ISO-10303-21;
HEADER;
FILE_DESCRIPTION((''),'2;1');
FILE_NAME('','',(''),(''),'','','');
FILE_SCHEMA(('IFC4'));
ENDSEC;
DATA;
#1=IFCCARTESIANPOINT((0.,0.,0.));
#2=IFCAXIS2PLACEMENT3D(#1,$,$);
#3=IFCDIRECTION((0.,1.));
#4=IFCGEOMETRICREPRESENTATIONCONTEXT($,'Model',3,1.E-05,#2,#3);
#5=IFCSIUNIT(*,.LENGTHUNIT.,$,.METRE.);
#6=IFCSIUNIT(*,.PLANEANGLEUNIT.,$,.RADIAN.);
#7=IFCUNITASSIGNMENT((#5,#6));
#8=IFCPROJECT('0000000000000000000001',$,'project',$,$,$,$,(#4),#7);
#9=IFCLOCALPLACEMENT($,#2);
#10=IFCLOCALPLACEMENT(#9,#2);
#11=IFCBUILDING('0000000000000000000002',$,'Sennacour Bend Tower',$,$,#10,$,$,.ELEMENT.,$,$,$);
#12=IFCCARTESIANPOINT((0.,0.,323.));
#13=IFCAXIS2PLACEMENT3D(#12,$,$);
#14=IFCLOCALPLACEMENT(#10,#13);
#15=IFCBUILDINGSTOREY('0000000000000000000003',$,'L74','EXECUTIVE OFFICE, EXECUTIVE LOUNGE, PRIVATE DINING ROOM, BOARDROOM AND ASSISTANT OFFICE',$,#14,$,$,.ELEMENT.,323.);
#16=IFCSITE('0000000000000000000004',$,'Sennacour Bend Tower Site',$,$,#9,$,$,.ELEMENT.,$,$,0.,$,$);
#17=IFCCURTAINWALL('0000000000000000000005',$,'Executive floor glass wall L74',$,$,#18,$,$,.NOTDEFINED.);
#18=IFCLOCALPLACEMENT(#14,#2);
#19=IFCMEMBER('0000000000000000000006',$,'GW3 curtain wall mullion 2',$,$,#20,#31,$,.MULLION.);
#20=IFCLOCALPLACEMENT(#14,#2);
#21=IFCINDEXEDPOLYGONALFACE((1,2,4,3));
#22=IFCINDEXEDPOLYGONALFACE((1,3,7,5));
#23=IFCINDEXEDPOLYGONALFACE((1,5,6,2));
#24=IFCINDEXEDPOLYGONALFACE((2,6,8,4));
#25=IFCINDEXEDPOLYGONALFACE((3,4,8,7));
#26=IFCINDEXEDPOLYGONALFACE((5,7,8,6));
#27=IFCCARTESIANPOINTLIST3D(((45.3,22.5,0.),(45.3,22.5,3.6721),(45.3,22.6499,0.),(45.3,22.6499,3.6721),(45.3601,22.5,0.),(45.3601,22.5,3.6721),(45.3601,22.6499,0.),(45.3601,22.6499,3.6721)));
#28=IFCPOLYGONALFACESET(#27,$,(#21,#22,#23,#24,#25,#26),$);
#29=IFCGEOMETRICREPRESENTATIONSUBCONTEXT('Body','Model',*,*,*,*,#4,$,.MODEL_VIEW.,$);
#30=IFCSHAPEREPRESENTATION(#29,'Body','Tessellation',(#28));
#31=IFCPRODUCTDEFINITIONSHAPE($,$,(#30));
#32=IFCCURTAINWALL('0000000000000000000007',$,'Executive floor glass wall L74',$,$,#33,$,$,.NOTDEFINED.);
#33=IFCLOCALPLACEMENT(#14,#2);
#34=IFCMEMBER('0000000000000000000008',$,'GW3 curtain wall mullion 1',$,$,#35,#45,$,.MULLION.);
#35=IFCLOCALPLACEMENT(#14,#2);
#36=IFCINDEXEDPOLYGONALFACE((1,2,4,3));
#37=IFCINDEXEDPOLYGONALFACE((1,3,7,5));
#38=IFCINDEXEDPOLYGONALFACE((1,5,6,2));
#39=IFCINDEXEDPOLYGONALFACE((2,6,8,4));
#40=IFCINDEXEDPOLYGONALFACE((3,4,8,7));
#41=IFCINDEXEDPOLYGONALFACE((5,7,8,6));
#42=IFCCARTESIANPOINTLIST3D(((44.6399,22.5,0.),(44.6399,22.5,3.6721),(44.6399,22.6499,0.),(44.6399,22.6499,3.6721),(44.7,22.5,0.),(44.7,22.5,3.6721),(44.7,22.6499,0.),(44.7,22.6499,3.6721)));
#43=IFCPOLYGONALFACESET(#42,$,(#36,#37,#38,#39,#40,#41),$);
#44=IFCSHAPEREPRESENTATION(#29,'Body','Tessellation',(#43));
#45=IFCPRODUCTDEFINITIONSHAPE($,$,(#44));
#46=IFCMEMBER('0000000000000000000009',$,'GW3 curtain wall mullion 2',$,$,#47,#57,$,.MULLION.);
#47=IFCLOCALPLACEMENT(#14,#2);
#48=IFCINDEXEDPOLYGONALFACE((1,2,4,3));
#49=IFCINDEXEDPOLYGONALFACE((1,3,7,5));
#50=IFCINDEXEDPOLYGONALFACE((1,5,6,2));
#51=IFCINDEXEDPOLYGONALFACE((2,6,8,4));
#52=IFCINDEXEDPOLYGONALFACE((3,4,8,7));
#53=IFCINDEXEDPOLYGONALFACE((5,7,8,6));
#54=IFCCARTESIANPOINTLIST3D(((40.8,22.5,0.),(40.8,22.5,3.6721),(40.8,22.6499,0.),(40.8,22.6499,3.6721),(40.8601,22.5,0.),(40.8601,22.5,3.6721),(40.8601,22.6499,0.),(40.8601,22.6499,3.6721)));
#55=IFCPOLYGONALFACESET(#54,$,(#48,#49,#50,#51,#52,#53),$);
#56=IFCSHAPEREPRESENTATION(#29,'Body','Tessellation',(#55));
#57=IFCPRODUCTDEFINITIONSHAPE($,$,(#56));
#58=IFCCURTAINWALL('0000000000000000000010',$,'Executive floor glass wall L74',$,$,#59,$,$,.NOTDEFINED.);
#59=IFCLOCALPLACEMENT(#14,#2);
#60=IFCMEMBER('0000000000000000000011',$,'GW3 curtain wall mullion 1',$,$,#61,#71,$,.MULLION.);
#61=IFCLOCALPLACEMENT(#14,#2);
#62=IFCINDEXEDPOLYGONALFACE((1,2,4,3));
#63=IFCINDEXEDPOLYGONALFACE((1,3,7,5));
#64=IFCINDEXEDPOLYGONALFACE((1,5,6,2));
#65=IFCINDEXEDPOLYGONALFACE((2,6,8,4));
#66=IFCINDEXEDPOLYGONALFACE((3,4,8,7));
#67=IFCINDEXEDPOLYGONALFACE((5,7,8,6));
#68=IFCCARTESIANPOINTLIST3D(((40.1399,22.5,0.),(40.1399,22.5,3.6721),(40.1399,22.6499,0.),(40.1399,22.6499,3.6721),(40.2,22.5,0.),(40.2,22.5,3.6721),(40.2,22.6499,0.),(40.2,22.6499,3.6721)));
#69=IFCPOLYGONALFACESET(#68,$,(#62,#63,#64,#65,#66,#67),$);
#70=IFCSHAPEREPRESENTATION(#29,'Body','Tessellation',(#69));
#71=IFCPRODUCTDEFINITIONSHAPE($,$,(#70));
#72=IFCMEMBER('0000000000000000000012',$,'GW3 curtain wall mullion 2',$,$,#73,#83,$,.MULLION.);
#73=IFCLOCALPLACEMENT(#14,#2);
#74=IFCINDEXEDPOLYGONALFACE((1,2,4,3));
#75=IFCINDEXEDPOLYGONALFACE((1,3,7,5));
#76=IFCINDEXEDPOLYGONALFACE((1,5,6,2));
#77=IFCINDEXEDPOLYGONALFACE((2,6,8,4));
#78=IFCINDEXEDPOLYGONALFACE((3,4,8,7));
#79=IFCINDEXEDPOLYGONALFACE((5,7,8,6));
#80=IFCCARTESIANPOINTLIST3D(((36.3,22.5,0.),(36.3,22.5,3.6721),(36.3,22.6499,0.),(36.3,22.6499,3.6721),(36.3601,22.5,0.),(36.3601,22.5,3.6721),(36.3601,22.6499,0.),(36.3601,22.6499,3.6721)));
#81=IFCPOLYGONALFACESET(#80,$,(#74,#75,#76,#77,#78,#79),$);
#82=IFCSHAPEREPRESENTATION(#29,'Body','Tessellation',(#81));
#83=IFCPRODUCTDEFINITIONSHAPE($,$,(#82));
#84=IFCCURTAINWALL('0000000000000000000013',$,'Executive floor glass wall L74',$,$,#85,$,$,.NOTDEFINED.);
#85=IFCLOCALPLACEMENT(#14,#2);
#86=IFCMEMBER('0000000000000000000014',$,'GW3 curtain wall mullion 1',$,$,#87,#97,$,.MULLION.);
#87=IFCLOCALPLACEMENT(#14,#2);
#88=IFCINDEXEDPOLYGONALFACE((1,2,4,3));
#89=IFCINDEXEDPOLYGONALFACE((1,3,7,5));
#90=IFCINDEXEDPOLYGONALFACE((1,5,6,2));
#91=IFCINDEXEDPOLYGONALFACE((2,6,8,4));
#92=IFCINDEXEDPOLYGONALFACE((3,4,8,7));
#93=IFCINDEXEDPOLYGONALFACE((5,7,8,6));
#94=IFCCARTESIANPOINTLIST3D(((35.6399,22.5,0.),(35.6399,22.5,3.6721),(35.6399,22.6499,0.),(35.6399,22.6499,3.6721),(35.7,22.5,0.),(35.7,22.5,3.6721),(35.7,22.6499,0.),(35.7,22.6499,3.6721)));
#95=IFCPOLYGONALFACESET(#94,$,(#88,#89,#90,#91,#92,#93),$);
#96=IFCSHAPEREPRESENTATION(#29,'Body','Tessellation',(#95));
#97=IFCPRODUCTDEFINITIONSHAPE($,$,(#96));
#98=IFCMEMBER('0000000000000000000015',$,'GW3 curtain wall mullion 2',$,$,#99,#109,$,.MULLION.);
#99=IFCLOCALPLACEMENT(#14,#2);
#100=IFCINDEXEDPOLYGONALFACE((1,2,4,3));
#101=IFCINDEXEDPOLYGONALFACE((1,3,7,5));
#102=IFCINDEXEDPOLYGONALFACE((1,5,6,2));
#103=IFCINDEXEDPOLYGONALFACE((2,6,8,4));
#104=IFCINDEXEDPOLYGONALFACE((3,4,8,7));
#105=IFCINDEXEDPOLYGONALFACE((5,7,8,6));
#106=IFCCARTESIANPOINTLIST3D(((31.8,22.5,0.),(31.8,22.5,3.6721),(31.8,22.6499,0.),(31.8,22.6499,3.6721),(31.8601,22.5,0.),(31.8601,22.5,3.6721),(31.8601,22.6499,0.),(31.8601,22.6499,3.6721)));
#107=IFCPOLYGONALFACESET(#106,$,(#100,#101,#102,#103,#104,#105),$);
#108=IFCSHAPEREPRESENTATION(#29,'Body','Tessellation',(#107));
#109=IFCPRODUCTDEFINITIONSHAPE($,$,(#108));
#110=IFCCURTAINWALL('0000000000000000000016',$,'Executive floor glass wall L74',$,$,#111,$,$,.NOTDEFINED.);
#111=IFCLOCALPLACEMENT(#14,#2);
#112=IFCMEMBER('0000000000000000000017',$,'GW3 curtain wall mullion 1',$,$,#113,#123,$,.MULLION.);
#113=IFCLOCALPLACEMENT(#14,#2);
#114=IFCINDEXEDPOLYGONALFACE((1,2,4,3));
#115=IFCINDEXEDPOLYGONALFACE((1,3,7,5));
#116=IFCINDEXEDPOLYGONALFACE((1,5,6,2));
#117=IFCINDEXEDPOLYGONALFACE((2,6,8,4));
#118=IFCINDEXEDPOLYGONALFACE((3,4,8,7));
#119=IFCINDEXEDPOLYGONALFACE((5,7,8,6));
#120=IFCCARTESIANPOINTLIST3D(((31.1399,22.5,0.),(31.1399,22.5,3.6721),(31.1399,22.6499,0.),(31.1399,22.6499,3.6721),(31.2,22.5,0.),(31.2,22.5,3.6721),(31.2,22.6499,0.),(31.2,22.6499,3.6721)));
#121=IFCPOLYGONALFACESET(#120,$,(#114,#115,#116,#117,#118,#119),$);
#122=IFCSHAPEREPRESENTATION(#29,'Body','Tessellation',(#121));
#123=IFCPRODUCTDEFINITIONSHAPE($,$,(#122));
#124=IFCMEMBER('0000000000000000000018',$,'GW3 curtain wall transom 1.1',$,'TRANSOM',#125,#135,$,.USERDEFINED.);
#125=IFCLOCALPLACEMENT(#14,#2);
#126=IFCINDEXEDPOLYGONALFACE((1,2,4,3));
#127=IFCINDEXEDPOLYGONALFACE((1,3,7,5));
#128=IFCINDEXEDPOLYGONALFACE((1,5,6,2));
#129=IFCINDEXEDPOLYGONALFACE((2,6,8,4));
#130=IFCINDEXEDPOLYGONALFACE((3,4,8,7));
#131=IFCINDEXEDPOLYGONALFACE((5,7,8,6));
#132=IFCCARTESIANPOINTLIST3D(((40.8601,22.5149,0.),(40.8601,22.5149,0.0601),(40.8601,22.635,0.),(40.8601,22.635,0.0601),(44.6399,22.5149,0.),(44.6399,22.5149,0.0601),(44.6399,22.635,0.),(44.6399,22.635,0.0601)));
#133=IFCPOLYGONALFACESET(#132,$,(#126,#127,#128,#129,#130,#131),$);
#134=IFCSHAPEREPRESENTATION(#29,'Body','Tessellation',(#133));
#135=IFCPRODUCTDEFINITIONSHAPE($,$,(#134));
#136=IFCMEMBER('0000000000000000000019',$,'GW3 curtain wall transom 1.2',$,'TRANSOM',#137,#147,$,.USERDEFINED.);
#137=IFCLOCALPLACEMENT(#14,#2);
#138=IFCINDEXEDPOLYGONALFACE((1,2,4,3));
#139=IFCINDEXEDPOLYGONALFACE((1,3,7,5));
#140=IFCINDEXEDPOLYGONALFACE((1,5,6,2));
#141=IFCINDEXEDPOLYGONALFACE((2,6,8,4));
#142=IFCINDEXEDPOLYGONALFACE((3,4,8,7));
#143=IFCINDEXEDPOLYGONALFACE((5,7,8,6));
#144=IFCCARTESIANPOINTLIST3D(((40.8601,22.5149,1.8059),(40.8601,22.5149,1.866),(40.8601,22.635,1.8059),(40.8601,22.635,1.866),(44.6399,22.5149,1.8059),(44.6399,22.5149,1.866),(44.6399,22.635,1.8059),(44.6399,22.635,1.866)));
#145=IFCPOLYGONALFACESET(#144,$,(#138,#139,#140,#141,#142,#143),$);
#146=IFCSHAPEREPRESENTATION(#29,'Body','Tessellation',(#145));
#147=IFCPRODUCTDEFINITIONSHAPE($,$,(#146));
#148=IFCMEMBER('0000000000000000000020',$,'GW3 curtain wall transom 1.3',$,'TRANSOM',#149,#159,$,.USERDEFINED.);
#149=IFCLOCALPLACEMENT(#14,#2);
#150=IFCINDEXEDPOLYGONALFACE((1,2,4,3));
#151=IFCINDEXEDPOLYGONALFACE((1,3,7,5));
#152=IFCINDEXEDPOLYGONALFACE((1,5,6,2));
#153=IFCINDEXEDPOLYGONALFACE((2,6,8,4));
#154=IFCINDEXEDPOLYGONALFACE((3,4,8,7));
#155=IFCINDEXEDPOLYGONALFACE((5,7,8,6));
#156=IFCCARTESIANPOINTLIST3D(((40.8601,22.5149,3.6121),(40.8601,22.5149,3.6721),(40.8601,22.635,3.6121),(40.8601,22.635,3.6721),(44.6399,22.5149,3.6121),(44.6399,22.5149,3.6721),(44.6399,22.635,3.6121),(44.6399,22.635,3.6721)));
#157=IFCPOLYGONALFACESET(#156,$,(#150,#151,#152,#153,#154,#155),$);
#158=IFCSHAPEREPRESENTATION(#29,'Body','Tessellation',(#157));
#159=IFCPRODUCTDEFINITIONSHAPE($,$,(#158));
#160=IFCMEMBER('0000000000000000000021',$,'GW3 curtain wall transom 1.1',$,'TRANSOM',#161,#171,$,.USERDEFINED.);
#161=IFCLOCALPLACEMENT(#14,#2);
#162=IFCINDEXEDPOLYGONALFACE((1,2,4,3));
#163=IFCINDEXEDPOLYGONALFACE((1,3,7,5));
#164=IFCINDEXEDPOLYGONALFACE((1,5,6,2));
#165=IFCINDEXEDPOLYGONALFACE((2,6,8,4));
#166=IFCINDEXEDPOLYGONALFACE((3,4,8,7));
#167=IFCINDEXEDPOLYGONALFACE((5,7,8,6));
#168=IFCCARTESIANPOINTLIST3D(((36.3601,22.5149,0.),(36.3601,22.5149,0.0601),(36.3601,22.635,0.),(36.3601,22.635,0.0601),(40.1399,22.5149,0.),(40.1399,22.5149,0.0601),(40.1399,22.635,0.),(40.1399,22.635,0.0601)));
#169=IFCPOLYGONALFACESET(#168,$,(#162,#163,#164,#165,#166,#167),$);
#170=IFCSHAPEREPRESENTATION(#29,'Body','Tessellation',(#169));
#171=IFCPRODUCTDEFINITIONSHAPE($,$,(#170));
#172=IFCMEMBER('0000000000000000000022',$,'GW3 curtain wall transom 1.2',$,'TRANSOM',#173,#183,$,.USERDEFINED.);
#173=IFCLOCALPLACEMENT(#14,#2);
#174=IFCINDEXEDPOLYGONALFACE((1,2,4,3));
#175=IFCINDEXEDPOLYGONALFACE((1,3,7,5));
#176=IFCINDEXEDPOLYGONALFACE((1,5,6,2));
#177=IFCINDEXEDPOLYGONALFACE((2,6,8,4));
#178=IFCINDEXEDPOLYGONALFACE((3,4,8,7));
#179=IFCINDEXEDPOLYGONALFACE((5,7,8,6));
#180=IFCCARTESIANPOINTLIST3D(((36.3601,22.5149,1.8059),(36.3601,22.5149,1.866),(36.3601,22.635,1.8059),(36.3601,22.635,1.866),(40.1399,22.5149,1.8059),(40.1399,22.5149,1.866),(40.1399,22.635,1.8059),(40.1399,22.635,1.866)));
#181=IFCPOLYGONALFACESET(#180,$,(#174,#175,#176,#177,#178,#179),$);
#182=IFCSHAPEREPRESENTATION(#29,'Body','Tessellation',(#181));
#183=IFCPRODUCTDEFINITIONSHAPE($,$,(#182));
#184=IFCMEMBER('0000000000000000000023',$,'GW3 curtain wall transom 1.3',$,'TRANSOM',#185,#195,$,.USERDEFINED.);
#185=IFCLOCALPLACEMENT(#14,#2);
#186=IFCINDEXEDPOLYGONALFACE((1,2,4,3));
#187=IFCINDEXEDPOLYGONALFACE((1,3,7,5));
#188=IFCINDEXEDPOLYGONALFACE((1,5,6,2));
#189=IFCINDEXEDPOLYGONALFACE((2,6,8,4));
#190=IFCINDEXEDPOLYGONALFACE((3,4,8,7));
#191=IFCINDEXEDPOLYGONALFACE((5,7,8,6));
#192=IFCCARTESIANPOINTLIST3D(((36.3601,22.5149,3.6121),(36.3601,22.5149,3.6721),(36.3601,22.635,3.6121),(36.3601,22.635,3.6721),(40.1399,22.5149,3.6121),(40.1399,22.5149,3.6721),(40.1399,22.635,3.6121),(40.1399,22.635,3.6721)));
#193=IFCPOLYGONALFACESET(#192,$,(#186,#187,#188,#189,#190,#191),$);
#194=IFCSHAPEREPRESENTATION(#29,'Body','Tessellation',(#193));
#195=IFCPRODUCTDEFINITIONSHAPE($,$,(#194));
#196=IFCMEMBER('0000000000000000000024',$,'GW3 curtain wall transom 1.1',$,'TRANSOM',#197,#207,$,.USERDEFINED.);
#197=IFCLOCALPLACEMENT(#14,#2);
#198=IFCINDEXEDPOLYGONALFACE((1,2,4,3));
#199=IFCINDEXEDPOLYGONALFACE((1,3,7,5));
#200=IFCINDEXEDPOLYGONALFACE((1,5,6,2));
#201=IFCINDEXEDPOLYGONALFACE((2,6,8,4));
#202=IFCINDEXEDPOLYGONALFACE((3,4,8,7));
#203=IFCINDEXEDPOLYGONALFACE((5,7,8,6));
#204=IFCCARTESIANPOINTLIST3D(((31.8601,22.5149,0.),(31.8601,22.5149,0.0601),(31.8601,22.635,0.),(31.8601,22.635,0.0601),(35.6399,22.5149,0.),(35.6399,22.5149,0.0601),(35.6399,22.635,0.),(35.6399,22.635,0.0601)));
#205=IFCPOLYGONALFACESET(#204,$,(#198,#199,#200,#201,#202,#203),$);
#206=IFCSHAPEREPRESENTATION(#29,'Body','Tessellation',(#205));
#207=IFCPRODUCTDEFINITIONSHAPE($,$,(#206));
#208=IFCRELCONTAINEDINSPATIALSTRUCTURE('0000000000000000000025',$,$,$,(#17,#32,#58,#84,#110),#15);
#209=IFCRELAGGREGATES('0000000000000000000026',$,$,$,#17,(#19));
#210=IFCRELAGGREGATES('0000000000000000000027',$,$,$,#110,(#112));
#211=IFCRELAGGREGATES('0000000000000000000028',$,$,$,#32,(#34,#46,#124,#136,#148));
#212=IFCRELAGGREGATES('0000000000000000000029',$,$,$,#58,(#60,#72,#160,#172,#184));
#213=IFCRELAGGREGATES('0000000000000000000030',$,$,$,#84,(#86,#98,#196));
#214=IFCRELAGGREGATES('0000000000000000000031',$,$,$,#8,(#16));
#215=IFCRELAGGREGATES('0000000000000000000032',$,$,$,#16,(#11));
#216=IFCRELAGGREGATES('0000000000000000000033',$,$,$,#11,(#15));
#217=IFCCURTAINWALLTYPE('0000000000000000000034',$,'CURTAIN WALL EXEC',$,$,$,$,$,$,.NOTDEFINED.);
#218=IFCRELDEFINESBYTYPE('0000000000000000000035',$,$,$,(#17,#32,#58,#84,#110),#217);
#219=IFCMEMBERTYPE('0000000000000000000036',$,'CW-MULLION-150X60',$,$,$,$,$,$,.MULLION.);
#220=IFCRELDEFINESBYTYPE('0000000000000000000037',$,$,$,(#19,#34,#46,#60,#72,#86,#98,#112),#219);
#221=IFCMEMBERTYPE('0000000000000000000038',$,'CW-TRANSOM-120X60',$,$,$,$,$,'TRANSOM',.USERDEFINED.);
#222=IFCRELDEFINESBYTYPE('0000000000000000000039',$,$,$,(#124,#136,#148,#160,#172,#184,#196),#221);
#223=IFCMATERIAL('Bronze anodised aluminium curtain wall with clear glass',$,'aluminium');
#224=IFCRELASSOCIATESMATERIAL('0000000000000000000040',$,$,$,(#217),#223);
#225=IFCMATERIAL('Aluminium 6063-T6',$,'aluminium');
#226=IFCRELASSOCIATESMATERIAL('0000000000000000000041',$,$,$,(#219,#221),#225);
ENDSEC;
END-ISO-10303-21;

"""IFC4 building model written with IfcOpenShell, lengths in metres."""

from ifc_helpers import new_model, si_unit, direction, frame, origin, origin_2d, place, context, subcontext, project, spatial, rectangle, extrude, material, material_profile, profile_set, type_object, element, aggregate, save


model = new_model("IFC4")

# Units and contexts
model_context = context("Model", 3, precision=1e-05, world=origin(), true_north=direction((0.0, 1.0)))
body_context = subcontext(model_context, "Body", "Model", "MODEL_VIEW")
ifc_project = project(units=[si_unit("LENGTHUNIT", "METRE"), si_unit("PLANEANGLEUNIT", "RADIAN")], contexts=[model_context])

# Site, building, storey
site_placement = place(None, origin())
site = spatial("IfcSite", under=ifc_project, at=site_placement, Name="Sennacour Bend Tower Site", CompositionType="ELEMENT", RefElevation=0.0)
building_placement = place(site_placement, origin())
building = spatial("IfcBuilding", under=site, at=building_placement, Name="Sennacour Bend Tower", CompositionType="ELEMENT")
storey_placement = place(building_placement, frame((0.0, 0.0, 323.0)))
storey = spatial("IfcBuildingStorey", under=building, at=storey_placement, Name="L74", Description="EXECUTIVE OFFICE, EXECUTIVE LOUNGE, PRIVATE DINING ROOM, BOARDROOM AND ASSISTANT OFFICE", CompositionType="ELEMENT", Elevation=323.0)

# Curtain wall, member
ifc_material_1 = material(Name="Bronze anodised aluminium curtain wall with clear glass", Category="aluminium")
curtain_wall_type = type_object("IfcCurtainWallType", Name="CURTAIN WALL EXEC", PredefinedType="NOTDEFINED", material=ifc_material_1)
curtain_wall_1_placement = place(storey_placement, origin())
curtain_wall_1 = element("IfcCurtainWall", 1, at=curtain_wall_1_placement, inside=storey, type_object=curtain_wall_type, Name="Executive floor glass wall L74", PredefinedType="NOTDEFINED")
ifc_material_2 = material(Name="Aluminium 6063-T6", Category="aluminium")
ifc_material_profile_1 = material_profile(ifc_material_2, rectangle(XDim=0.1499, YDim=0.0601, at=origin_2d()), Name="Aluminium 6063-T6", Category="aluminium")
ifc_profile_set_1 = profile_set([ifc_material_profile_1], Name="Aluminium 6063-T6")
member_type_1 = type_object("IfcMemberType", Name="CW-MULLION-150X60", PredefinedType="MULLION", material=ifc_profile_set_1)
member_1_placement = place(storey_placement, frame((45.3301, 22.575, 0.0), z_axis=(0.0, 0.0, 1.0), x_axis=(0.0, -1.0, 0.0)))
member_1 = element("IfcMember", 2, at=member_1_placement, type_object=member_type_1, Name="GW3 curtain wall mullion 2", PredefinedType="MULLION", context=body_context, shape_type="SweptSolid", body=[
    extrude(rectangle(XDim=0.1499, YDim=0.0601, at=origin_2d()), origin(), (0.0, 0.0, 1.0), 3.6721),
])
aggregate(curtain_wall_1, [member_1])

# Curtain walls, members
curtain_wall_2_placement = place(storey_placement, origin())
curtain_wall_2 = element("IfcCurtainWall", 3, at=curtain_wall_2_placement, inside=storey, type_object=curtain_wall_type, Name="Executive floor glass wall L74", PredefinedType="NOTDEFINED")
member_2_placement = place(storey_placement, frame((44.6699, 22.575, 0.0), z_axis=(0.0, 0.0, 1.0), x_axis=(0.0, -1.0, 0.0)))
member_2 = element("IfcMember", 4, at=member_2_placement, type_object=member_type_1, Name="GW3 curtain wall mullion 1", PredefinedType="MULLION", context=body_context, shape_type="SweptSolid", body=[
    extrude(rectangle(XDim=0.1499, YDim=0.0601, at=origin_2d()), origin(), (0.0, 0.0, 1.0), 3.6721),
])
member_3_placement = place(storey_placement, frame((40.8301, 22.575, 0.0), z_axis=(0.0, 0.0, 1.0), x_axis=(0.0, -1.0, 0.0)))
member_3 = element("IfcMember", 5, at=member_3_placement, type_object=member_type_1, Name="GW3 curtain wall mullion 2", PredefinedType="MULLION", context=body_context, shape_type="SweptSolid", body=[
    extrude(rectangle(XDim=0.1499, YDim=0.0601, at=origin_2d()), origin(), (0.0, 0.0, 1.0), 3.6721),
])
curtain_wall_3_placement = place(storey_placement, origin())
curtain_wall_3 = element("IfcCurtainWall", 6, at=curtain_wall_3_placement, inside=storey, type_object=curtain_wall_type, Name="Executive floor glass wall L74", PredefinedType="NOTDEFINED")
member_4_placement = place(storey_placement, frame((40.1699, 22.575, 0.0), z_axis=(0.0, 0.0, 1.0), x_axis=(0.0, -1.0, 0.0)))
member_4 = element("IfcMember", 7, at=member_4_placement, type_object=member_type_1, Name="GW3 curtain wall mullion 1", PredefinedType="MULLION", context=body_context, shape_type="SweptSolid", body=[
    extrude(rectangle(XDim=0.1499, YDim=0.0601, at=origin_2d()), origin(), (0.0, 0.0, 1.0), 3.6721),
])
member_5_placement = place(storey_placement, frame((36.3301, 22.575, 0.0), z_axis=(0.0, 0.0, 1.0), x_axis=(0.0, -1.0, 0.0)))
member_5 = element("IfcMember", 8, at=member_5_placement, type_object=member_type_1, Name="GW3 curtain wall mullion 2", PredefinedType="MULLION", context=body_context, shape_type="SweptSolid", body=[
    extrude(rectangle(XDim=0.1499, YDim=0.0601, at=origin_2d()), origin(), (0.0, 0.0, 1.0), 3.6721),
])
curtain_wall_4_placement = place(storey_placement, origin())
curtain_wall_4 = element("IfcCurtainWall", 9, at=curtain_wall_4_placement, inside=storey, type_object=curtain_wall_type, Name="Executive floor glass wall L74", PredefinedType="NOTDEFINED")
member_6_placement = place(storey_placement, frame((35.6699, 22.575, 0.0), z_axis=(0.0, 0.0, 1.0), x_axis=(0.0, -1.0, 0.0)))
member_6 = element("IfcMember", 10, at=member_6_placement, type_object=member_type_1, Name="GW3 curtain wall mullion 1", PredefinedType="MULLION", context=body_context, shape_type="SweptSolid", body=[
    extrude(rectangle(XDim=0.1499, YDim=0.0601, at=origin_2d()), origin(), (0.0, 0.0, 1.0), 3.6721),
])
member_7_placement = place(storey_placement, frame((31.8301, 22.575, 0.0), z_axis=(0.0, 0.0, 1.0), x_axis=(0.0, -1.0, 0.0)))
member_7 = element("IfcMember", 11, at=member_7_placement, type_object=member_type_1, Name="GW3 curtain wall mullion 2", PredefinedType="MULLION", context=body_context, shape_type="SweptSolid", body=[
    extrude(rectangle(XDim=0.1499, YDim=0.0601, at=origin_2d()), origin(), (0.0, 0.0, 1.0), 3.6721),
])

# Curtain wall, member
curtain_wall_5_placement = place(storey_placement, origin())
curtain_wall_5 = element("IfcCurtainWall", 12, at=curtain_wall_5_placement, inside=storey, type_object=curtain_wall_type, Name="Executive floor glass wall L74", PredefinedType="NOTDEFINED")
member_8_placement = place(storey_placement, frame((31.1699, 22.575, 0.0), z_axis=(0.0, 0.0, 1.0), x_axis=(0.0, -1.0, 0.0)))
member_8 = element("IfcMember", 13, at=member_8_placement, type_object=member_type_1, Name="GW3 curtain wall mullion 1", PredefinedType="MULLION", context=body_context, shape_type="SweptSolid", body=[
    extrude(rectangle(XDim=0.1499, YDim=0.0601, at=origin_2d()), origin(), (0.0, 0.0, 1.0), 3.6721),
])

# Members
ifc_material_profile_2 = material_profile(ifc_material_2, rectangle(XDim=0.1201, YDim=0.0601, at=origin_2d()), Name="Aluminium 6063-T6", Category="aluminium")
ifc_profile_set_2 = profile_set([ifc_material_profile_2], Name="Aluminium 6063-T6")
member_type_2 = type_object("IfcMemberType", Name="CW-TRANSOM-120X60", ElementType="TRANSOM", PredefinedType="USERDEFINED", material=ifc_profile_set_2)
member_9_placement = place(storey_placement, frame((44.6399, 22.575, 0.03), z_axis=(-1.0, 0.0, 0.0), x_axis=(0.0, -1.0, 0.0)))
member_9 = element("IfcMember", 14, at=member_9_placement, type_object=member_type_2, Name="GW3 curtain wall transom 1.1", ObjectType="TRANSOM", PredefinedType="USERDEFINED", context=body_context, shape_type="SweptSolid", body=[
    extrude(rectangle(XDim=0.1201, YDim=0.0601, at=origin_2d()), origin(), (0.0, 0.0, 1.0), 3.7798),
])
member_10_placement = place(storey_placement, frame((44.6399, 22.575, 1.8359), z_axis=(-1.0, 0.0, 0.0), x_axis=(0.0, -1.0, 0.0)))
member_10 = element("IfcMember", 15, at=member_10_placement, type_object=member_type_2, Name="GW3 curtain wall transom 1.2", ObjectType="TRANSOM", PredefinedType="USERDEFINED", context=body_context, shape_type="SweptSolid", body=[
    extrude(rectangle(XDim=0.1201, YDim=0.0601, at=origin_2d()), origin(), (0.0, 0.0, 1.0), 3.7798),
])
member_11_placement = place(storey_placement, frame((44.6399, 22.575, 3.6421), z_axis=(-1.0, 0.0, 0.0), x_axis=(0.0, -1.0, 0.0)))
member_11 = element("IfcMember", 16, at=member_11_placement, type_object=member_type_2, Name="GW3 curtain wall transom 1.3", ObjectType="TRANSOM", PredefinedType="USERDEFINED", context=body_context, shape_type="SweptSolid", body=[
    extrude(rectangle(XDim=0.1201, YDim=0.0601, at=origin_2d()), origin(), (0.0, 0.0, 1.0), 3.7798),
])
member_12_placement = place(storey_placement, frame((40.1399, 22.575, 0.03), z_axis=(-1.0, 0.0, 0.0), x_axis=(0.0, -1.0, 0.0)))
member_12 = element("IfcMember", 17, at=member_12_placement, type_object=member_type_2, Name="GW3 curtain wall transom 1.1", ObjectType="TRANSOM", PredefinedType="USERDEFINED", context=body_context, shape_type="SweptSolid", body=[
    extrude(rectangle(XDim=0.1201, YDim=0.0601, at=origin_2d()), origin(), (0.0, 0.0, 1.0), 3.7798),
])
member_13_placement = place(storey_placement, frame((40.1399, 22.575, 1.8359), z_axis=(-1.0, 0.0, 0.0), x_axis=(0.0, -1.0, 0.0)))
member_13 = element("IfcMember", 18, at=member_13_placement, type_object=member_type_2, Name="GW3 curtain wall transom 1.2", ObjectType="TRANSOM", PredefinedType="USERDEFINED", context=body_context, shape_type="SweptSolid", body=[
    extrude(rectangle(XDim=0.1201, YDim=0.0601, at=origin_2d()), origin(), (0.0, 0.0, 1.0), 3.7798),
])
member_14_placement = place(storey_placement, frame((40.1399, 22.575, 3.6421), z_axis=(-1.0, 0.0, 0.0), x_axis=(0.0, -1.0, 0.0)))
member_14 = element("IfcMember", 19, at=member_14_placement, type_object=member_type_2, Name="GW3 curtain wall transom 1.3", ObjectType="TRANSOM", PredefinedType="USERDEFINED", context=body_context, shape_type="SweptSolid", body=[
    extrude(rectangle(XDim=0.1201, YDim=0.0601, at=origin_2d()), origin(), (0.0, 0.0, 1.0), 3.7798),
])
member_15_placement = place(storey_placement, frame((35.6399, 22.575, 0.03), z_axis=(-1.0, 0.0, 0.0), x_axis=(0.0, -1.0, 0.0)))
member_15 = element("IfcMember", 20, at=member_15_placement, type_object=member_type_2, Name="GW3 curtain wall transom 1.1", ObjectType="TRANSOM", PredefinedType="USERDEFINED", context=body_context, shape_type="SweptSolid", body=[
    extrude(rectangle(XDim=0.1201, YDim=0.0601, at=origin_2d()), origin(), (0.0, 0.0, 1.0), 3.7798),
])
aggregate(curtain_wall_5, [member_8])

aggregate(curtain_wall_2, [member_2, member_3, member_9, member_10, member_11])
aggregate(curtain_wall_3, [member_4, member_5, member_12, member_13, member_14])
aggregate(curtain_wall_4, [member_6, member_7, member_15])

save(model, "model.ifc")
